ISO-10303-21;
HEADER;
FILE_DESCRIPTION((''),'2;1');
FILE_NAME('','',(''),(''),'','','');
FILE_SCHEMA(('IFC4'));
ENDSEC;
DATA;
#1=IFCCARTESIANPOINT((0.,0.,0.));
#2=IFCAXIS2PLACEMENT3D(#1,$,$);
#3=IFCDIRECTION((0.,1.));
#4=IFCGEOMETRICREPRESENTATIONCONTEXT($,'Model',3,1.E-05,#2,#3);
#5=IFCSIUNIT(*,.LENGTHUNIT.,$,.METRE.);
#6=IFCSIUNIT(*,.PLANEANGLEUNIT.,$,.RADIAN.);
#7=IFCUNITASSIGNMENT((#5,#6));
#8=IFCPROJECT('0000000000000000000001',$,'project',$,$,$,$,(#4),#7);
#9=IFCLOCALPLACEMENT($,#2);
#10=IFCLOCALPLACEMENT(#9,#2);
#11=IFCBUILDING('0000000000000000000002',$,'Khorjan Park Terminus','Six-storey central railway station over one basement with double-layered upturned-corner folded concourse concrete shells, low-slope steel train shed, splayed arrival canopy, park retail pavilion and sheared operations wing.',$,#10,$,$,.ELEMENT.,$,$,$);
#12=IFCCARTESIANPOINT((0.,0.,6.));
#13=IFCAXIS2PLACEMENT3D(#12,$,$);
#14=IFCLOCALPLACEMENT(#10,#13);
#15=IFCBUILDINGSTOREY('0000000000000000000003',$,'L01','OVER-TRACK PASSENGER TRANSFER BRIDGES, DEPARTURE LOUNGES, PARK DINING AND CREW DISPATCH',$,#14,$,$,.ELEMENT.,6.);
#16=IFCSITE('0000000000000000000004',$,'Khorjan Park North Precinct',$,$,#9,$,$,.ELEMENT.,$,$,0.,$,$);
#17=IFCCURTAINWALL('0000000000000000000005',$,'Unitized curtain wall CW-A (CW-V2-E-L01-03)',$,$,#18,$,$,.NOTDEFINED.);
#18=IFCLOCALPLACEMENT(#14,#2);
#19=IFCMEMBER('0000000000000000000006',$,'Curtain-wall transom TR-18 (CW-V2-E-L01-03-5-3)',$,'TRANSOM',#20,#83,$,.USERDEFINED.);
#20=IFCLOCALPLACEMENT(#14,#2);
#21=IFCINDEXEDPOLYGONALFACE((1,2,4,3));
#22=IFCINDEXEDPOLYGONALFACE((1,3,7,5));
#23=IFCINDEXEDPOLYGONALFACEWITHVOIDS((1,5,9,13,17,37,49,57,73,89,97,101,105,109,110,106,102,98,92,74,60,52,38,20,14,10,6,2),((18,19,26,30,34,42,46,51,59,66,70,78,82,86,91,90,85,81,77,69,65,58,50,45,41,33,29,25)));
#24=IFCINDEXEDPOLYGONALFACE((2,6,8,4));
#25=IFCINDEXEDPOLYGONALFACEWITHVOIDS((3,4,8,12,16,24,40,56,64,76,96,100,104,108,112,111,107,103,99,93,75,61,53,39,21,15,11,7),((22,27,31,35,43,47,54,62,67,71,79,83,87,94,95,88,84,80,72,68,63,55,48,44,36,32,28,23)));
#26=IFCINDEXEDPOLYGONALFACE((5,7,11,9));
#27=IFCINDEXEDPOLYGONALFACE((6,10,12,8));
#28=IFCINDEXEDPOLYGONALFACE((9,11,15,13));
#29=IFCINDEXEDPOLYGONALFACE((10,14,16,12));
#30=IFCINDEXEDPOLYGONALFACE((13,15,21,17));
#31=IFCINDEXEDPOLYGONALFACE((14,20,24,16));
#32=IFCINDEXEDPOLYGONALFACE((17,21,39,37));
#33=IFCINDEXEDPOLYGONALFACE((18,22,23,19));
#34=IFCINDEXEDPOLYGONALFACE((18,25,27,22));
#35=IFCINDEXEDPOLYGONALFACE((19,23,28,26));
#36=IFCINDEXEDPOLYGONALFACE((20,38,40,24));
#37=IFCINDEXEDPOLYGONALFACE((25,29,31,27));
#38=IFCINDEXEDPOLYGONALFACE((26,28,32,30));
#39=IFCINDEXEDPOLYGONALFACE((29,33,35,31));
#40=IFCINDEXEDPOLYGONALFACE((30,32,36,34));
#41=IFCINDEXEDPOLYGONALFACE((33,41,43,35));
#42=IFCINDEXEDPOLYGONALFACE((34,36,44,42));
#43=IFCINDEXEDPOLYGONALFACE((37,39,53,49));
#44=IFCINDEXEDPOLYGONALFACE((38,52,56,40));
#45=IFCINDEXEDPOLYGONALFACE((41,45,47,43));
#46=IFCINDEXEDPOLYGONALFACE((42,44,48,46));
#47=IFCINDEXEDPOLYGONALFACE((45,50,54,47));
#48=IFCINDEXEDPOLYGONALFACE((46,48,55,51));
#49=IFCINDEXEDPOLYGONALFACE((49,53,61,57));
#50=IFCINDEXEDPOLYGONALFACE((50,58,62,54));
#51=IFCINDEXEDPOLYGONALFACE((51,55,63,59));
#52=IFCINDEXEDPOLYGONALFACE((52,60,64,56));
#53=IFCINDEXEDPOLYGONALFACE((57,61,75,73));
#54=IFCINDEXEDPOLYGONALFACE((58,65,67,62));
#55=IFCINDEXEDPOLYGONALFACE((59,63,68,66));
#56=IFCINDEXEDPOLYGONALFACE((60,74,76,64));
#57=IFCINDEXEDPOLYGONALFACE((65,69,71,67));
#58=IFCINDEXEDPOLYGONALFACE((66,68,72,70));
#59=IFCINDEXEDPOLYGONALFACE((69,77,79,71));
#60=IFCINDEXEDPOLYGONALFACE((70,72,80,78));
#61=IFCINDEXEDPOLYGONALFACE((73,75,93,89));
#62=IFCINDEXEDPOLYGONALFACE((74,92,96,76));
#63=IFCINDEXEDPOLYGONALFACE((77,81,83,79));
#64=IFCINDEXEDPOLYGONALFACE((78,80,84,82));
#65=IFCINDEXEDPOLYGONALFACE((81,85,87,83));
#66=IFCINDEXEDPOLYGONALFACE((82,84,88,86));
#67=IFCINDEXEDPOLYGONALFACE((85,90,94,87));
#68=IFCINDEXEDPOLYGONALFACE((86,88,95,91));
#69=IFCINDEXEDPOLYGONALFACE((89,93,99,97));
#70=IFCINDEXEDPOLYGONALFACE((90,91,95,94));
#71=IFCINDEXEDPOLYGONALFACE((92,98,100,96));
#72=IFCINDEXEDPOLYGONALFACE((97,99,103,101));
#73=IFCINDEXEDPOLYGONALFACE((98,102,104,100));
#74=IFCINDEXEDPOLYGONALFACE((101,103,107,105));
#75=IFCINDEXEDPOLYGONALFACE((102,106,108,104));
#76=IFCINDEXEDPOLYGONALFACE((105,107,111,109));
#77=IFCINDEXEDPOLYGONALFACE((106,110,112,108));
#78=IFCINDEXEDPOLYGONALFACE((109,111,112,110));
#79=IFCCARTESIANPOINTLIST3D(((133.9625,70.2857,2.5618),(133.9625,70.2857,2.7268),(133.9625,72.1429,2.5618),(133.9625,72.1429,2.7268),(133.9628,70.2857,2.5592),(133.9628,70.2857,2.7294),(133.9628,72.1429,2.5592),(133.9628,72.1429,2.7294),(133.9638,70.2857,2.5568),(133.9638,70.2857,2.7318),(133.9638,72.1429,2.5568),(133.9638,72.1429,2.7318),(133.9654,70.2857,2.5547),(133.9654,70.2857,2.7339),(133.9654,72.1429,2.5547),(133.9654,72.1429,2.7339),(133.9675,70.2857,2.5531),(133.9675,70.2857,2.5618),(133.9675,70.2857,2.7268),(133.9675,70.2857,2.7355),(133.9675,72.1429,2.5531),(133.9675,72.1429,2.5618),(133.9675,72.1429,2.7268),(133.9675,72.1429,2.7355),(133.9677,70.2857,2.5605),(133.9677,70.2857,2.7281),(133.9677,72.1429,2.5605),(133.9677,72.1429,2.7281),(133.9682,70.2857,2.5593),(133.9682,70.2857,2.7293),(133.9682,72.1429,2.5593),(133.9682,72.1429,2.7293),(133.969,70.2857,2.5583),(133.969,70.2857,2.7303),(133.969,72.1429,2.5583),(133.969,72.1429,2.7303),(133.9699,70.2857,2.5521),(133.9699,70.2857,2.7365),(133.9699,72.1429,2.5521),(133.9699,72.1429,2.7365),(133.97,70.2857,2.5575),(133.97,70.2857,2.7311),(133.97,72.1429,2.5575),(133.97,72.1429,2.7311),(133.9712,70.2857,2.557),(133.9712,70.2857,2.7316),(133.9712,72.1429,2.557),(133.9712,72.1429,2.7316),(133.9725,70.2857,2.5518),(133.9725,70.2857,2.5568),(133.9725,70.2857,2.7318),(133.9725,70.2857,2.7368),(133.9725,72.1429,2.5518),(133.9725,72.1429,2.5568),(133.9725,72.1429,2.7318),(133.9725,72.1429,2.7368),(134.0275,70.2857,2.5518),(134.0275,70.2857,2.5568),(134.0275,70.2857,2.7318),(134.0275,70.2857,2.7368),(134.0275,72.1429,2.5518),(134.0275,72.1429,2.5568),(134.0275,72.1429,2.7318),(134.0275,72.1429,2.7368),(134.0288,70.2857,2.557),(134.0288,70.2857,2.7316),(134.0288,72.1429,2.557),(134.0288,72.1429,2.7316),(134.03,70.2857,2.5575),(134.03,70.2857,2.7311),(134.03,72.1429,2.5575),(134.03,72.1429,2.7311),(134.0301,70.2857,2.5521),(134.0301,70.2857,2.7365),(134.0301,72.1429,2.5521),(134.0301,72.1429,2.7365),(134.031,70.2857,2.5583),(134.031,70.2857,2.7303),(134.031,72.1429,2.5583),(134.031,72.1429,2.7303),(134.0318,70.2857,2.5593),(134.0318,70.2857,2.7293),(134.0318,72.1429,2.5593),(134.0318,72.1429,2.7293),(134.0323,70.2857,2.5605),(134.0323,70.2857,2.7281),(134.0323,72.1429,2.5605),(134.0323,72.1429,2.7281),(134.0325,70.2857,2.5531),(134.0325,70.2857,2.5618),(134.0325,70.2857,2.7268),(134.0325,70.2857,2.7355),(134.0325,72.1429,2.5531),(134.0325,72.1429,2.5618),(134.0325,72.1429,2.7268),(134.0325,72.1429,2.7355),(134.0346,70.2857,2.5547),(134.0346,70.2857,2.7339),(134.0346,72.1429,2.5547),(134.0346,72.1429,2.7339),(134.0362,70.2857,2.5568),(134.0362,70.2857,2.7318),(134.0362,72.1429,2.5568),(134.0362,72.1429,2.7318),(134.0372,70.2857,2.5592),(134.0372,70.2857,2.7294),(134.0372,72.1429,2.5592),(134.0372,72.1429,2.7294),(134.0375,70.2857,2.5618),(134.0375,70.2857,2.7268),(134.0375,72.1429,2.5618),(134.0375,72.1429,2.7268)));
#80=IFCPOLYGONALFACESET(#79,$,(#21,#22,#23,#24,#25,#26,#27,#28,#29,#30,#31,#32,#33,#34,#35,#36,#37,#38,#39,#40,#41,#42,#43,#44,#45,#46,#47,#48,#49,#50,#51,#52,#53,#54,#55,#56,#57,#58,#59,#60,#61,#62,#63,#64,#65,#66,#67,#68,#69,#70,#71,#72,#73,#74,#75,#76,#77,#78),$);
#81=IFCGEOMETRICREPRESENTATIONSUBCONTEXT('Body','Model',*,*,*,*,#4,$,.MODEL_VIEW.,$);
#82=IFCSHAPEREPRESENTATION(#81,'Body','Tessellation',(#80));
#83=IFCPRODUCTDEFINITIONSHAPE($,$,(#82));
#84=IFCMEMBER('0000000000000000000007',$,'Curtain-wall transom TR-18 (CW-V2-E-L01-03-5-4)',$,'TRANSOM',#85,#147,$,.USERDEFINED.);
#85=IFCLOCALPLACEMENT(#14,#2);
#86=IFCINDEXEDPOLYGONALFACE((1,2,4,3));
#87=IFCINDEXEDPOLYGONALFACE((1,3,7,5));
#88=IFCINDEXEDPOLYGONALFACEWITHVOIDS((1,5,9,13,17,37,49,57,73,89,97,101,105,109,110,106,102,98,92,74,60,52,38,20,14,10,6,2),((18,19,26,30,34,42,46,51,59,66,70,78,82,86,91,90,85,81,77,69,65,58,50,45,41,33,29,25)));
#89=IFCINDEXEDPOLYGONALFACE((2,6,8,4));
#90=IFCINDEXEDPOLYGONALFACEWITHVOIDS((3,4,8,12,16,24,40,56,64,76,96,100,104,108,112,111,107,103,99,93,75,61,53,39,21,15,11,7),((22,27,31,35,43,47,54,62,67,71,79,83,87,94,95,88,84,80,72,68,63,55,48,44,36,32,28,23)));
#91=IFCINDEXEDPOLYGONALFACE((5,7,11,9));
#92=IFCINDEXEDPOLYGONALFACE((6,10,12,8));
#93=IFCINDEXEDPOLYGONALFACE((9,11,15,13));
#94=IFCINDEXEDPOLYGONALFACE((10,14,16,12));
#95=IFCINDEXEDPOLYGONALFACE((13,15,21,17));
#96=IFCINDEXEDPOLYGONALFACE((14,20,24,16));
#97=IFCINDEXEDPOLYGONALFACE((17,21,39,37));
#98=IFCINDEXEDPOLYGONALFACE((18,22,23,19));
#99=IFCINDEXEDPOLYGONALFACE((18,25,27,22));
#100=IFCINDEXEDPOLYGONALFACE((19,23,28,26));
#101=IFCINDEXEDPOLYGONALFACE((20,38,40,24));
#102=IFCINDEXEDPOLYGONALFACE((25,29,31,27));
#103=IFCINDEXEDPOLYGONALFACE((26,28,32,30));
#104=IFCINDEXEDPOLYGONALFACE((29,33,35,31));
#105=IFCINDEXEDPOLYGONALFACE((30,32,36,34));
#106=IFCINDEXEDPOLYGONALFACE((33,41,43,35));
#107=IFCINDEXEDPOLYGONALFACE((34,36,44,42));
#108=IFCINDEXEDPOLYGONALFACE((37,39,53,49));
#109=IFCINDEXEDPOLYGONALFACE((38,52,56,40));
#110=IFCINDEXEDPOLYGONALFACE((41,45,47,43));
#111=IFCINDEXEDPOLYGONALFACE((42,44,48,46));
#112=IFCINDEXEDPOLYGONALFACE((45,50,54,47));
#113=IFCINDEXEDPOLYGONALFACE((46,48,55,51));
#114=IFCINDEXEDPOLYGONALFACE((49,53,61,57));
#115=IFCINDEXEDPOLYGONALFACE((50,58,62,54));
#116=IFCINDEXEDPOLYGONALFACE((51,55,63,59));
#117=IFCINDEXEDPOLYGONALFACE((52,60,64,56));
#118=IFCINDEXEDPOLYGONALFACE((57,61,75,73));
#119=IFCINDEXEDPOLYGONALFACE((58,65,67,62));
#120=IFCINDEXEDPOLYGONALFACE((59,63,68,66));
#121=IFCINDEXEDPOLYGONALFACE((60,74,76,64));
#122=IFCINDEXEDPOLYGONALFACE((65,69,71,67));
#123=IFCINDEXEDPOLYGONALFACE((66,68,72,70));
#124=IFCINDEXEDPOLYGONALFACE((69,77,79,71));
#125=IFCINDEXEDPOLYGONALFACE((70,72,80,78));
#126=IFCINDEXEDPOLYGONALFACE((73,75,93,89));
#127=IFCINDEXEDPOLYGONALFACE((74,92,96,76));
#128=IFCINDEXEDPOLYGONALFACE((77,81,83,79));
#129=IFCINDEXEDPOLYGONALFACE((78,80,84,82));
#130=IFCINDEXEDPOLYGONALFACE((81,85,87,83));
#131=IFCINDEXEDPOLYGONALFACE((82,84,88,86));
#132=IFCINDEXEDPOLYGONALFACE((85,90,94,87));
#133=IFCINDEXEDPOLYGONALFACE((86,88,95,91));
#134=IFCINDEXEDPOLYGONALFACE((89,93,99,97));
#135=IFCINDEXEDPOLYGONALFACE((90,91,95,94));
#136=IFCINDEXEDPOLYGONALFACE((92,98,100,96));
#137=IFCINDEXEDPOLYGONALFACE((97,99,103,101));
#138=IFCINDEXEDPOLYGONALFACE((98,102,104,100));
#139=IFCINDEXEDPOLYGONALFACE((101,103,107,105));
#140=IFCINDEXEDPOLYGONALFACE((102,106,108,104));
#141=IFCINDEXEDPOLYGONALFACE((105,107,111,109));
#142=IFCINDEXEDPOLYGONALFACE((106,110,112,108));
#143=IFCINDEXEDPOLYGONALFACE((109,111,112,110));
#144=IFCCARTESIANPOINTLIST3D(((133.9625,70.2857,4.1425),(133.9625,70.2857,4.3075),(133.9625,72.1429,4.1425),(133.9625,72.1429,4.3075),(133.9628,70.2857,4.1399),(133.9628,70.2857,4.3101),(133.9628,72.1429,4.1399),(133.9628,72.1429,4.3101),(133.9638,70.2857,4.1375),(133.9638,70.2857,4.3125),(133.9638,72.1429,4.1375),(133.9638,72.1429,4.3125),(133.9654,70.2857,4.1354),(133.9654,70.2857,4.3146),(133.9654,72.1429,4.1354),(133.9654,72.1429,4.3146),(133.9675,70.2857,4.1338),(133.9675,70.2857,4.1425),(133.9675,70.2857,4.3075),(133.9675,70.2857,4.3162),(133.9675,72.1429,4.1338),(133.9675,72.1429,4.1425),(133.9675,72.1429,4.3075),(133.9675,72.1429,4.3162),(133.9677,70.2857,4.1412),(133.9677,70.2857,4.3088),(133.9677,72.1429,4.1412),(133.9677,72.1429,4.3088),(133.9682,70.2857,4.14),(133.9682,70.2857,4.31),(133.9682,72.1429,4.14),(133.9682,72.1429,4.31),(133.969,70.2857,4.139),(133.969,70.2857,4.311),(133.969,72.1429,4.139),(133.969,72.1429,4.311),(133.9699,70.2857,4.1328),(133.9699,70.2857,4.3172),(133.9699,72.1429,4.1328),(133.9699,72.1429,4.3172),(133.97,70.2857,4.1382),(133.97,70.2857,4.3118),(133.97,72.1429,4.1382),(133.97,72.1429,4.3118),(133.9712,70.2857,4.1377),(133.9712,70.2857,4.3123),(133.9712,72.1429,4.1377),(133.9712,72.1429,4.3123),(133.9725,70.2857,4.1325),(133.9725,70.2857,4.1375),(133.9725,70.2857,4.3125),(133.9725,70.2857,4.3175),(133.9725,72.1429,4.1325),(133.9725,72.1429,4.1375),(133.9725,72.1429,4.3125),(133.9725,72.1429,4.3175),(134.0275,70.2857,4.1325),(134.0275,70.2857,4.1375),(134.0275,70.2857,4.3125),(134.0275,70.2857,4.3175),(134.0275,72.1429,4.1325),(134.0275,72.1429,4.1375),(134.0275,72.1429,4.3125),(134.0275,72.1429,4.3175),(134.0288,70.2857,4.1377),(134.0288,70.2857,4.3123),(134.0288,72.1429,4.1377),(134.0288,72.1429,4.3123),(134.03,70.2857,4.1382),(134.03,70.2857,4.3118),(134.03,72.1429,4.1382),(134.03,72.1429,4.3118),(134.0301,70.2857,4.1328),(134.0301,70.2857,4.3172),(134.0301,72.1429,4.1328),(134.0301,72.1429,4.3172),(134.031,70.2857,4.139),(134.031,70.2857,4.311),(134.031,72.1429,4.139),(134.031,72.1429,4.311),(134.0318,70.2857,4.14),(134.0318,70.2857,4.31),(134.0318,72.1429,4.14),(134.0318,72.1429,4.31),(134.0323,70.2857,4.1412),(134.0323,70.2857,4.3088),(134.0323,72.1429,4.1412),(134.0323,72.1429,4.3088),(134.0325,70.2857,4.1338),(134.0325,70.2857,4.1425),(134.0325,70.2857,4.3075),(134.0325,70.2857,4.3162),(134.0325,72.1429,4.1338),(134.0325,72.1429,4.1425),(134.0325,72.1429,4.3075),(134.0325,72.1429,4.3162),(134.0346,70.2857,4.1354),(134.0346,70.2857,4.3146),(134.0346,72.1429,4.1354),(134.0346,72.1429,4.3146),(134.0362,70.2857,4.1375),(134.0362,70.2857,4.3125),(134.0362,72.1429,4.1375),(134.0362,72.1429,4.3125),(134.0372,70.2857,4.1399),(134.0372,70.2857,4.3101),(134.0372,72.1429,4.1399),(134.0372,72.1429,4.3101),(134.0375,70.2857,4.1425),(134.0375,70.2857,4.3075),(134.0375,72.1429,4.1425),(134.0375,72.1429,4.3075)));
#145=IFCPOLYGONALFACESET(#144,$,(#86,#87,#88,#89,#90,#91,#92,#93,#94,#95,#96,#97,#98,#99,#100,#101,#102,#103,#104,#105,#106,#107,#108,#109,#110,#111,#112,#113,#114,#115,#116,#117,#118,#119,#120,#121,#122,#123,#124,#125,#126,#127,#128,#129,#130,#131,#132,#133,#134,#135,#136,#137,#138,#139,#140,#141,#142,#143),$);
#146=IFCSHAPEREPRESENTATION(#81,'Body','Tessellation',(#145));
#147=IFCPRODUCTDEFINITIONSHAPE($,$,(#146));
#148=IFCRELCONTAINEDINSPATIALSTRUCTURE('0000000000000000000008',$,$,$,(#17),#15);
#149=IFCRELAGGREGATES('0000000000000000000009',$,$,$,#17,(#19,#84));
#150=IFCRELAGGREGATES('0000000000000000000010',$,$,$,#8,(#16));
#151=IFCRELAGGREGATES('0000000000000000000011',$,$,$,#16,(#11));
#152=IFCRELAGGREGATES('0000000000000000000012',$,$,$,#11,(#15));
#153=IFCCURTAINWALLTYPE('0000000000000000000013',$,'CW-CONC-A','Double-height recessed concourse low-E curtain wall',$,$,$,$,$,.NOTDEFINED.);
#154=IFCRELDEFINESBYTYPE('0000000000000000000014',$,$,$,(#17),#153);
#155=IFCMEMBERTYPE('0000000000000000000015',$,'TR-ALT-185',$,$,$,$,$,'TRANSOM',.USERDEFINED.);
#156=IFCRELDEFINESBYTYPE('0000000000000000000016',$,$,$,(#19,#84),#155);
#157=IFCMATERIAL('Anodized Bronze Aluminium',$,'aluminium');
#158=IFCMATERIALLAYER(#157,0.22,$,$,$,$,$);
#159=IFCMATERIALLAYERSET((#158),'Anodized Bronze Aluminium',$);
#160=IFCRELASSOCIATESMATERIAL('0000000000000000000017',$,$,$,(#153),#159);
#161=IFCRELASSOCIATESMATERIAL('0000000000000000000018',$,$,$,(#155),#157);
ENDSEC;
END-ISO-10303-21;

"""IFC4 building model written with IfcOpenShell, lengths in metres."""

from ifc_helpers import new_model, si_unit, direction, frame, origin, origin_2d, place, context, subcontext, project, spatial, hollow_rectangle, extrude, material, layer, layer_set, material_profile, profile_set, type_object, element, aggregate, save


model = new_model("IFC4")

# Units and contexts
model_context = context("Model", 3, precision=1e-05, world=origin(), true_north=direction((0.0, 1.0)))
body_context = subcontext(model_context, "Body", "Model", "MODEL_VIEW")
ifc_project = project(units=[si_unit("LENGTHUNIT", "METRE"), si_unit("PLANEANGLEUNIT", "RADIAN")], contexts=[model_context])

# Site, building, storey
site_placement = place(None, origin())
site = spatial("IfcSite", under=ifc_project, at=site_placement, Name="Khorjan Park North Precinct", CompositionType="ELEMENT", RefElevation=0.0)
building_placement = place(site_placement, origin())
building = spatial("IfcBuilding", under=site, at=building_placement, Name="Khorjan Park Terminus", Description="Six-storey central railway station over one basement with double-layered upturned-corner folded concourse concrete shells, low-slope steel train shed, splayed arrival canopy, park retail pavilion and sheared operations wing.", CompositionType="ELEMENT")
storey_placement = place(building_placement, frame((0.0, 0.0, 6.0)))
storey = spatial("IfcBuildingStorey", under=building, at=storey_placement, Name="L01", Description="OVER-TRACK PASSENGER TRANSFER BRIDGES, DEPARTURE LOUNGES, PARK DINING AND CREW DISPATCH", CompositionType="ELEMENT", Elevation=6.0)

# Shared definitions
ifc_material_1 = material(Name="Anodized Bronze Aluminium", Category="aluminium")
ifc_layer_1 = layer(ifc_material_1, 0.22)
ifc_layer_set_1 = layer_set([ifc_layer_1], Name="Anodized Bronze Aluminium")
curtain_wall_type = type_object("IfcCurtainWallType", Name="CW-CONC-A", Description="Double-height recessed concourse low-E curtain wall", PredefinedType="NOTDEFINED", material=ifc_layer_set_1)

# Curtain wall
curtain_wall_1_placement = place(storey_placement, origin())
curtain_wall_1 = element("IfcCurtainWall", 1, at=curtain_wall_1_placement, inside=storey, type_object=curtain_wall_type, Name="Unitized curtain wall CW-A (CW-V2-E-L01-03)", PredefinedType="NOTDEFINED")

# Members
ifc_material_profile_1 = material_profile(ifc_material_1, hollow_rectangle(XDim=0.075, YDim=0.185, WallThickness=0.005, InnerFilletRadius=0.005, OuterFilletRadius=0.01, at=origin_2d()), Name="ALT 75x185x5")
ifc_profile_set_1 = profile_set([ifc_material_profile_1], Name="Anodized Bronze Aluminium")
member_type_1 = type_object("IfcMemberType", Name="TR-ALT-185", ElementType="TRANSOM", PredefinedType="USERDEFINED", material=ifc_profile_set_1)
member_1_placement = place(storey_placement, frame((134.0, 70.2857, 2.6443), z_axis=(0.0, 1.0, 0.0), x_axis=(-1.0, 0.0, 0.0)))
member_1 = element("IfcMember", 2, at=member_1_placement, type_object=member_type_1, Name="Curtain-wall transom TR-18 (CW-V2-E-L01-03-5-3)", ObjectType="TRANSOM", PredefinedType="USERDEFINED", context=body_context, shape_type="SweptSolid", body=[
    extrude(hollow_rectangle(XDim=0.075, YDim=0.185, WallThickness=0.005, InnerFilletRadius=0.005, OuterFilletRadius=0.01, at=origin_2d()), origin(), (0.0, 0.0, 1.0), 1.8572),
])
member_2_placement = place(storey_placement, frame((134.0, 70.2857, 4.225), z_axis=(0.0, 1.0, 0.0), x_axis=(-1.0, 0.0, 0.0)))
member_2 = element("IfcMember", 3, at=member_2_placement, type_object=member_type_1, Name="Curtain-wall transom TR-18 (CW-V2-E-L01-03-5-4)", ObjectType="TRANSOM", PredefinedType="USERDEFINED", context=body_context, shape_type="SweptSolid", body=[
    extrude(hollow_rectangle(XDim=0.075, YDim=0.185, WallThickness=0.005, InnerFilletRadius=0.005, OuterFilletRadius=0.01, at=origin_2d()), origin(), (0.0, 0.0, 1.0), 1.8572),
])

aggregate(curtain_wall_1, [member_1, member_2])

save(model, "model.ifc")
